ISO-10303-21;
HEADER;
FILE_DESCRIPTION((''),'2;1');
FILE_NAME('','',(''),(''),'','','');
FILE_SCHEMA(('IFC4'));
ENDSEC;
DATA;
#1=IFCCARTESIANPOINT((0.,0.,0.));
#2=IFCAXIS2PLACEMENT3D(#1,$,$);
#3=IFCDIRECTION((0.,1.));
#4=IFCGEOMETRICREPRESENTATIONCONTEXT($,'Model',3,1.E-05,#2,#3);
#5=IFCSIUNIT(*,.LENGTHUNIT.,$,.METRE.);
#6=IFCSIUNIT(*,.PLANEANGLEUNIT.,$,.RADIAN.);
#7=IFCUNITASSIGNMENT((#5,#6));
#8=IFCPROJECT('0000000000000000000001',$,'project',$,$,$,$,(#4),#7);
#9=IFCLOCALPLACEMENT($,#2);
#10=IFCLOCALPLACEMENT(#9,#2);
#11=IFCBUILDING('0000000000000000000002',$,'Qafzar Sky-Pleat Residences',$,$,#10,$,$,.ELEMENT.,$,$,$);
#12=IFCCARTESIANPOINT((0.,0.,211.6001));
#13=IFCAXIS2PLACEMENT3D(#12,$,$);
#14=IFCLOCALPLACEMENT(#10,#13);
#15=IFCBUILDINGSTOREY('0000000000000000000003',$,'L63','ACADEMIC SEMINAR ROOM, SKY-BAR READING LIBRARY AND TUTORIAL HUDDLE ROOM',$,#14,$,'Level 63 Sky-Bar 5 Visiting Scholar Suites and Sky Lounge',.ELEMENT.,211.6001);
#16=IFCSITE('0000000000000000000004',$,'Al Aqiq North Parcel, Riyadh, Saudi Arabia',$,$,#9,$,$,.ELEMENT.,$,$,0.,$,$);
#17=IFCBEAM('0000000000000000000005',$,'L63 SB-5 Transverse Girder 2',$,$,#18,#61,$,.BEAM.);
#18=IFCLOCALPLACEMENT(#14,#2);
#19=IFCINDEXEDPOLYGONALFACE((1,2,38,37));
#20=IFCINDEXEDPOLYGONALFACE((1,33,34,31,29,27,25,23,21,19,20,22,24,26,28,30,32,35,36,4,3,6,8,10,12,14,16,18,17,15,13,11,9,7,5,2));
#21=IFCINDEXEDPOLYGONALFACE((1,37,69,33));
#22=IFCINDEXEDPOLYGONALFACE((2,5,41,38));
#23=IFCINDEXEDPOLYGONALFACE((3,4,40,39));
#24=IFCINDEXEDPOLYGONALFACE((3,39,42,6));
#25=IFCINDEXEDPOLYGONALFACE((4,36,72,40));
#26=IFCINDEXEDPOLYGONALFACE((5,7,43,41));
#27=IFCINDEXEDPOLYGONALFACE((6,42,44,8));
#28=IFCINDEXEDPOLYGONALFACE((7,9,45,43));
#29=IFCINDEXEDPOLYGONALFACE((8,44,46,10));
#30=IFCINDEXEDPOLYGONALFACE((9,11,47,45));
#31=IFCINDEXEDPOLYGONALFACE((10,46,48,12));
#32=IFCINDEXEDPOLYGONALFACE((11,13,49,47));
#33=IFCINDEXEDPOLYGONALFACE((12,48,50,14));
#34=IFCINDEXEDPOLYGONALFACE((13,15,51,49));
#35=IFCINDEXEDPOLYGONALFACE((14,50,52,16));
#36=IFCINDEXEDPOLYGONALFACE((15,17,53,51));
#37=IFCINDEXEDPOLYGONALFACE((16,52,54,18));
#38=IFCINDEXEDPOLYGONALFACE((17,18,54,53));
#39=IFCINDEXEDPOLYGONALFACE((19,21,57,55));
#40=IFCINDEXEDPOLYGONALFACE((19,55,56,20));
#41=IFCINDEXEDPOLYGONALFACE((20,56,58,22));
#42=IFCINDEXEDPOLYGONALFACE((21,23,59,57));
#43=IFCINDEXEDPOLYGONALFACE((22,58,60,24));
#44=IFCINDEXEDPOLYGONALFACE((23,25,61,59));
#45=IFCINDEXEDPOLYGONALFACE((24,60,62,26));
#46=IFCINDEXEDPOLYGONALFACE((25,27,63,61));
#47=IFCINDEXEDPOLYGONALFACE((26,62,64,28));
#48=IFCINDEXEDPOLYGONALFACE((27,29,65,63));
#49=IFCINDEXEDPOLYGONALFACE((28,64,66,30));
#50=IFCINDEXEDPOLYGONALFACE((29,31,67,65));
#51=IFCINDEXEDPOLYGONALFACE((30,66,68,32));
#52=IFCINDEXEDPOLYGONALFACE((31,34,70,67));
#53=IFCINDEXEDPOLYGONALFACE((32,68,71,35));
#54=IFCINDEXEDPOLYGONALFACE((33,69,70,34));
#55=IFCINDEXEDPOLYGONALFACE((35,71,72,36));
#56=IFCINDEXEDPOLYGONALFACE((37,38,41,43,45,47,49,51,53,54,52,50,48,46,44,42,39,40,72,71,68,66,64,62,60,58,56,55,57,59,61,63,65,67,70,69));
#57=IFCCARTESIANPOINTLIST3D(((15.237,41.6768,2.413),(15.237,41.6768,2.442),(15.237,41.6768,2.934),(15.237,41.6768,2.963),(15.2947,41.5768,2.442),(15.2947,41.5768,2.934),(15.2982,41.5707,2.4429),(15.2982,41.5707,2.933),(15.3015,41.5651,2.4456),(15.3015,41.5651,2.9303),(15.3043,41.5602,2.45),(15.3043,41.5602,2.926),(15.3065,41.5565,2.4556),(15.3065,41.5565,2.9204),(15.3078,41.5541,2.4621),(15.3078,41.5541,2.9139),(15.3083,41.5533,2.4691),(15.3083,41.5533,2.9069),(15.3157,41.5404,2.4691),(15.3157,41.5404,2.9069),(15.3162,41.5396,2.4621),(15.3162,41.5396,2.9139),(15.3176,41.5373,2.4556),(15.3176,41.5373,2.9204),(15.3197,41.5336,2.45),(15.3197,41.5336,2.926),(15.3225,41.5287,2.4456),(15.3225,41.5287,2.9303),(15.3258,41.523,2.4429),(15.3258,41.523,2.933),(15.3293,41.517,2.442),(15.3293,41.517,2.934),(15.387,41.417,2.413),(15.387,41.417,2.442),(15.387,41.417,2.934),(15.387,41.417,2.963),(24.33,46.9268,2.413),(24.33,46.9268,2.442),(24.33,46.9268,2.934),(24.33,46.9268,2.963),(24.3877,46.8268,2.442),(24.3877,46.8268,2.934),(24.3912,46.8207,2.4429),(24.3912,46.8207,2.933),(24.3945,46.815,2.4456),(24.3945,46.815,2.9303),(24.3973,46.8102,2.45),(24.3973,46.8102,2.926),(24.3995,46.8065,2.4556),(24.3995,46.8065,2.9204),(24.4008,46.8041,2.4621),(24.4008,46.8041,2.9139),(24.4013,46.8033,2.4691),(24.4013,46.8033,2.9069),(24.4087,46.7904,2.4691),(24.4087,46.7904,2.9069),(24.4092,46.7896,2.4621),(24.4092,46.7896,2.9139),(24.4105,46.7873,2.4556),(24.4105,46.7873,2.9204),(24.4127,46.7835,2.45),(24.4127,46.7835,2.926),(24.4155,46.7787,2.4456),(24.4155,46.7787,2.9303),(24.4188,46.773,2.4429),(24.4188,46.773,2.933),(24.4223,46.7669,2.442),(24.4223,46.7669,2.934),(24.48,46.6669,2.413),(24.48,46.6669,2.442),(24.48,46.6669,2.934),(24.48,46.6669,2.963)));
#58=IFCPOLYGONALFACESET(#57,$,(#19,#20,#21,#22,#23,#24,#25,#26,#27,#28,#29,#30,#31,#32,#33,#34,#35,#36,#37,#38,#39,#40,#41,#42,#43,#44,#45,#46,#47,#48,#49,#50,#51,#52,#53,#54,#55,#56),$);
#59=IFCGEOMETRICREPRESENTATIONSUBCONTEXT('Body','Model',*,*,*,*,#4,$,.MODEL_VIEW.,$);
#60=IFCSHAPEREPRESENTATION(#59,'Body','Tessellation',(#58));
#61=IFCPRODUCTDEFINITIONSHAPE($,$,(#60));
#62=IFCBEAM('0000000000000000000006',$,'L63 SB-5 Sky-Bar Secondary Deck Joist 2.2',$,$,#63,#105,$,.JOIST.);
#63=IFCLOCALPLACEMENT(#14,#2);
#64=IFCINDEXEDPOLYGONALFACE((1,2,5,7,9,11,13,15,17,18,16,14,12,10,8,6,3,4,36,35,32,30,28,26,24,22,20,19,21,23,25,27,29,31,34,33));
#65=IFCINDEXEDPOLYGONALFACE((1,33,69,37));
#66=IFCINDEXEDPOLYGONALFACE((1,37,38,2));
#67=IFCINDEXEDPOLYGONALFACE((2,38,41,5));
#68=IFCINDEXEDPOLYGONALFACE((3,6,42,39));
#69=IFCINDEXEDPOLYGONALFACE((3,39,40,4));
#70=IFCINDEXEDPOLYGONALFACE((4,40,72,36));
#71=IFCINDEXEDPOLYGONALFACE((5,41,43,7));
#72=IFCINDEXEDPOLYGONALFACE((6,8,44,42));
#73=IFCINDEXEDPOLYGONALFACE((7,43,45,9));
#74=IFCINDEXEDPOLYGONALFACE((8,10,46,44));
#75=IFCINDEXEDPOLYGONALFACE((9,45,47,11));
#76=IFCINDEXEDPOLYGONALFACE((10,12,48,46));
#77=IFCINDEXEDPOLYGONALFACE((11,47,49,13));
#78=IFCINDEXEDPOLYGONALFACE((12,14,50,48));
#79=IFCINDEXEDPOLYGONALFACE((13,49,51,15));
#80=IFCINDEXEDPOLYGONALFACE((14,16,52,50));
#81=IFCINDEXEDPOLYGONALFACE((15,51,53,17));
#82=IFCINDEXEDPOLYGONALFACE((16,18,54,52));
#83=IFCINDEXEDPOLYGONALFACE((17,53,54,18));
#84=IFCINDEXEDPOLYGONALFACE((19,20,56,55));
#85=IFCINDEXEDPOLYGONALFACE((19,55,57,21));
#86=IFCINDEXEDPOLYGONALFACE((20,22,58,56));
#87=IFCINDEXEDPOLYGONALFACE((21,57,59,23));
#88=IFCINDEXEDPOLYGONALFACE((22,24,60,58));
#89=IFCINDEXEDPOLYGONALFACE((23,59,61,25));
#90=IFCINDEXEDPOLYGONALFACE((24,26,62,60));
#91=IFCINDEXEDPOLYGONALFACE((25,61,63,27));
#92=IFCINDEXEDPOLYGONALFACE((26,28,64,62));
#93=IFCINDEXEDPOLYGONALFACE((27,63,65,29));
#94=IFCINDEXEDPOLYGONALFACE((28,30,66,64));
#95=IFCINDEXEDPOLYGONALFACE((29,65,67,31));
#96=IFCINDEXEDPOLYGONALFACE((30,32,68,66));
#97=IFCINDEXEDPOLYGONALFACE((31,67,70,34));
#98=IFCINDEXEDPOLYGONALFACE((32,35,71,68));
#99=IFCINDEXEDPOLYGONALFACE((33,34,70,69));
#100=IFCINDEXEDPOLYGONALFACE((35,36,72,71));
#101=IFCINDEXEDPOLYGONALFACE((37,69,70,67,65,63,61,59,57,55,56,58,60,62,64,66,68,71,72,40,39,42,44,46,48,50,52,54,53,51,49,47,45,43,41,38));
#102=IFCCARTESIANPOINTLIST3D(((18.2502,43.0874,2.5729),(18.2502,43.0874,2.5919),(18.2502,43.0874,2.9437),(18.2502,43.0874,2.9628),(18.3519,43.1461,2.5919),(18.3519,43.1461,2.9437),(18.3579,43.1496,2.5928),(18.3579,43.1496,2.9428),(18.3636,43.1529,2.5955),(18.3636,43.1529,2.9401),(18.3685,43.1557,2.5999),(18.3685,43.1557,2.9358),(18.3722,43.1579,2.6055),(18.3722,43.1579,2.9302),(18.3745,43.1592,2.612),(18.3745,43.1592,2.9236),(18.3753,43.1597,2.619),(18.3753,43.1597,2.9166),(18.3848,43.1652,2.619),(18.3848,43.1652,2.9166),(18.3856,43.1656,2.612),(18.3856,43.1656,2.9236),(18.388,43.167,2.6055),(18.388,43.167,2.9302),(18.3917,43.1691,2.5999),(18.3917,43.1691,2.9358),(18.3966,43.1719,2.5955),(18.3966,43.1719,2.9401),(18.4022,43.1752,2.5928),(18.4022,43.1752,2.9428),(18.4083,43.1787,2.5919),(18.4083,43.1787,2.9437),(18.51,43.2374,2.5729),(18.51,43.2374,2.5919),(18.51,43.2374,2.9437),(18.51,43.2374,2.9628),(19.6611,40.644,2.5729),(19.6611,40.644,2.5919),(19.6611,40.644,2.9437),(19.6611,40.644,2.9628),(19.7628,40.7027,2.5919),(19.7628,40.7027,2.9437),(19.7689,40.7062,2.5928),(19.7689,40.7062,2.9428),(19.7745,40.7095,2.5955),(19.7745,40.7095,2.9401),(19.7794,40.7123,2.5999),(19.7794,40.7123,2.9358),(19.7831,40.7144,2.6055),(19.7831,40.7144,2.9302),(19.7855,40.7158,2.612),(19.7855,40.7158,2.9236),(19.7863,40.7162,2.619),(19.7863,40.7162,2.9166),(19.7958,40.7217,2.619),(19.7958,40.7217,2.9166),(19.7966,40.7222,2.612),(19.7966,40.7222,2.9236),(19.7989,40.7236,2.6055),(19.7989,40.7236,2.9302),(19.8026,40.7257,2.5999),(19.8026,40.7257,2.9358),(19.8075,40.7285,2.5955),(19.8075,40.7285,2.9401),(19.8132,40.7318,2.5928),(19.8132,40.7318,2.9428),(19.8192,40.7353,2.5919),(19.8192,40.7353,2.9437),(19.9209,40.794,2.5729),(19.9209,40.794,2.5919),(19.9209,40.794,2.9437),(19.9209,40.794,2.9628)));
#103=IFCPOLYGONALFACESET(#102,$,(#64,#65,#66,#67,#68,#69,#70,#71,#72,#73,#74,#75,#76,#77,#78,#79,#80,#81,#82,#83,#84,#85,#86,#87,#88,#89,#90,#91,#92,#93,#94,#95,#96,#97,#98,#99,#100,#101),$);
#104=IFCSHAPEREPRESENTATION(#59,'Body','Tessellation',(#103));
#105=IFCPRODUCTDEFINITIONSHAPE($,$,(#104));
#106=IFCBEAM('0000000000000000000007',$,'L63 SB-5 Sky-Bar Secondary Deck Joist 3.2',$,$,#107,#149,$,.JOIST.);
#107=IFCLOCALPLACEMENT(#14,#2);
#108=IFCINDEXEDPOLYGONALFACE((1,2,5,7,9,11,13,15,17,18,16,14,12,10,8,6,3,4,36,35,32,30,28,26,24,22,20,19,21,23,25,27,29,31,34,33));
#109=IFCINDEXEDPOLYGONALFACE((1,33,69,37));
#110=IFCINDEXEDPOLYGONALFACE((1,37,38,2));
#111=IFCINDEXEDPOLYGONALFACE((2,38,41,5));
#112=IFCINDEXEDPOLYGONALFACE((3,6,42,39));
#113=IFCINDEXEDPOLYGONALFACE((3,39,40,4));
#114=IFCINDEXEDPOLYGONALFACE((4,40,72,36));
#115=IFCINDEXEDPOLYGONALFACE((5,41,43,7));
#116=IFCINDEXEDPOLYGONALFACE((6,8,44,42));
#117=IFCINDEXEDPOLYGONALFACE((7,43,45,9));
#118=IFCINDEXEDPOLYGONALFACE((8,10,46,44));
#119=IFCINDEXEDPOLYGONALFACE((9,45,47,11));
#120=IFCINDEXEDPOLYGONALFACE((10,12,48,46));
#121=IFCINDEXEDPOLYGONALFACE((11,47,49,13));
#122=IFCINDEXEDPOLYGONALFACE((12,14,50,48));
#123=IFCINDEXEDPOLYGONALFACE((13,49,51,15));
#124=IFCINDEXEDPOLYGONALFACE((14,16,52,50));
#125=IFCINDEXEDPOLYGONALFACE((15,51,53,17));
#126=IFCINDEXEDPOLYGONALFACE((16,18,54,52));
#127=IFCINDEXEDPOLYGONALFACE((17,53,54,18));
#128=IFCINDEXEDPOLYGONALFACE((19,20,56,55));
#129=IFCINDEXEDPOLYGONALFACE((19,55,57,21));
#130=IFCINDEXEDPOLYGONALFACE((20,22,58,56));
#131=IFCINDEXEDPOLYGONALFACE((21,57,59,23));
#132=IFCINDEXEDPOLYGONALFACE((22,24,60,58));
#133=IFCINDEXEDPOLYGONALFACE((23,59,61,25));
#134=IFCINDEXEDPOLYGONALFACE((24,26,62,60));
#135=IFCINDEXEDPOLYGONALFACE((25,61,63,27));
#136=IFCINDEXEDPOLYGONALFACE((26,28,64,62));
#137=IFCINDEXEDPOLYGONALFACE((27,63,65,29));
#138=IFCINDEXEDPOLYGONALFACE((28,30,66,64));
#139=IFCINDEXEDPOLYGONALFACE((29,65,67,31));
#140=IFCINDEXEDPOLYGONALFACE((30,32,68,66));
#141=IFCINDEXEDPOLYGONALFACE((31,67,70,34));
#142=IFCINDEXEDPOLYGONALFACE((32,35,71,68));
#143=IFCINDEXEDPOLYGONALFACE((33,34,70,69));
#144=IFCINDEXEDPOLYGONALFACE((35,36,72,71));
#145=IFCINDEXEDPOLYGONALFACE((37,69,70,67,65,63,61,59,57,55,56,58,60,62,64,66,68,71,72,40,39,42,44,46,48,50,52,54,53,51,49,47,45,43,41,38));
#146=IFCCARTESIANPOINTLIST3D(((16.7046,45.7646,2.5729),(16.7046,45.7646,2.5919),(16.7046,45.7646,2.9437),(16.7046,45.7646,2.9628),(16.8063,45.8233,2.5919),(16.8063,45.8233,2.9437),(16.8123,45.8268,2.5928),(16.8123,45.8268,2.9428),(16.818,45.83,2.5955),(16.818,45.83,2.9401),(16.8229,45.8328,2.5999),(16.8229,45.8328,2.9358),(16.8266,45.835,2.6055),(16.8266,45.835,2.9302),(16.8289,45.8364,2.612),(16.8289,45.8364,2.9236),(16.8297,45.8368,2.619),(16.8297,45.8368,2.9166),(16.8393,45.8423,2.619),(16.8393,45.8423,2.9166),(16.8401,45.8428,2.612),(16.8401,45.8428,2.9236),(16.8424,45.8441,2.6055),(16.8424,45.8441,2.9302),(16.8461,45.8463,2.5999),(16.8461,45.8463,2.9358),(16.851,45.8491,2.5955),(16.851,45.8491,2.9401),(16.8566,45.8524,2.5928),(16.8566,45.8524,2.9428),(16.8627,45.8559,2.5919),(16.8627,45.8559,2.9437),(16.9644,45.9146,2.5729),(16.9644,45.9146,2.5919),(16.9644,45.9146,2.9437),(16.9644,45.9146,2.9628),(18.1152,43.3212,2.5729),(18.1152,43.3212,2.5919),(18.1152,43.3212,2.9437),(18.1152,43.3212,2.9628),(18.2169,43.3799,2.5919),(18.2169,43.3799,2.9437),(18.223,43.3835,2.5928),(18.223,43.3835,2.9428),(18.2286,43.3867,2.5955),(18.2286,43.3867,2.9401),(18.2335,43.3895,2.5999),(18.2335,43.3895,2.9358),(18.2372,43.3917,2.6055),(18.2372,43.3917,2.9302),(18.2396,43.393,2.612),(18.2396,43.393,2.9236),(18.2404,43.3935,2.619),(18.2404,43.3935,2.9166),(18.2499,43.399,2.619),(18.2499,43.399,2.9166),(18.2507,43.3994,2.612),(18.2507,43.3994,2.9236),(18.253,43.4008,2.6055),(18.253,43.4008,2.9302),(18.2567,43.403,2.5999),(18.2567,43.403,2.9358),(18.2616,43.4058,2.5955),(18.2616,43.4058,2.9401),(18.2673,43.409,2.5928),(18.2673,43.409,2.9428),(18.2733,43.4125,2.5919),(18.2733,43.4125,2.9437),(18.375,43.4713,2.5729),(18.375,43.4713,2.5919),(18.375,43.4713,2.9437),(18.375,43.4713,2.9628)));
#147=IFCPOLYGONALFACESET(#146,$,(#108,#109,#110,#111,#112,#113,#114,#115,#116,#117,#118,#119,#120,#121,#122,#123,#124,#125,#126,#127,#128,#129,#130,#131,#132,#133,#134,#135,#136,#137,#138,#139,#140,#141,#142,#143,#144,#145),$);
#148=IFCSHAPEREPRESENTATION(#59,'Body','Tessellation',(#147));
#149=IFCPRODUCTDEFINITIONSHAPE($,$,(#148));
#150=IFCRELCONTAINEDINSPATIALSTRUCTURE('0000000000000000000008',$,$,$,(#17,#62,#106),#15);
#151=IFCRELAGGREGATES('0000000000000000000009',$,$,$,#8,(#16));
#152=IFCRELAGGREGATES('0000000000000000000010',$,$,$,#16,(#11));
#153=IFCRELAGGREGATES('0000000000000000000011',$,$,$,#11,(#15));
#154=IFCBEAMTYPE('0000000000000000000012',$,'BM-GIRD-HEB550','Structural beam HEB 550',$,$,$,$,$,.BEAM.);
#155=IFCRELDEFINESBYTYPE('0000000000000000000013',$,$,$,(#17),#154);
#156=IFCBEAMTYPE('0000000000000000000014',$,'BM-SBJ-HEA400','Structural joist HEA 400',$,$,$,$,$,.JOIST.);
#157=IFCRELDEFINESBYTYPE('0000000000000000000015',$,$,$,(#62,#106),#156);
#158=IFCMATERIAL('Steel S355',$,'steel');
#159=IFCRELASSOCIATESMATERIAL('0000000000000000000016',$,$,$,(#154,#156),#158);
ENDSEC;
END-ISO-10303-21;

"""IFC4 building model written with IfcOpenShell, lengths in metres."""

from ifc_helpers import new_model, si_unit, direction, frame, origin, origin_2d, place, context, subcontext, project, spatial, i_section, extrude, source, transform, mapped, material, material_profile, profile_set, type_object, element, save


model = new_model("IFC4")

# Units and contexts
model_context = context("Model", 3, precision=1e-05, world=origin(), true_north=direction((0.0, 1.0)))
body_context = subcontext(model_context, "Body", "Model", "MODEL_VIEW")
ifc_project = project(units=[si_unit("LENGTHUNIT", "METRE"), si_unit("PLANEANGLEUNIT", "RADIAN")], contexts=[model_context])

# Site, building, storey
site_placement = place(None, origin())
site = spatial("IfcSite", under=ifc_project, at=site_placement, Name="Al Aqiq North Parcel, Riyadh, Saudi Arabia", CompositionType="ELEMENT", RefElevation=0.0)
building_placement = place(site_placement, origin())
building = spatial("IfcBuilding", under=site, at=building_placement, Name="Qafzar Sky-Pleat Residences", CompositionType="ELEMENT")
storey_placement = place(building_placement, frame((0.0, 0.0, 211.6001)))
storey = spatial("IfcBuildingStorey", under=building, at=storey_placement, Name="L63", Description="ACADEMIC SEMINAR ROOM, SKY-BAR READING LIBRARY AND TUTORIAL HUDDLE ROOM", LongName="Level 63 Sky-Bar 5 Visiting Scholar Suites and Sky Lounge", CompositionType="ELEMENT", Elevation=211.6001)

# Beams
ifc_material_1 = material(Name="Steel S355", Category="steel")
ifc_material_profile_1 = material_profile(ifc_material_1, i_section(OverallWidth=0.3, OverallDepth=0.55, WebThickness=0.0149, FlangeThickness=0.0291, FilletRadius=0.0271, at=origin_2d()), Name="HEB 550")
ifc_profile_set_1 = profile_set([ifc_material_profile_1], Name="Steel S355")
beam_type_1 = type_object("IfcBeamType", Name="BM-GIRD-HEB550", Description="Structural beam HEB 550", PredefinedType="BEAM", material=ifc_profile_set_1)
shared_shape_1 = source(origin(), body_context, "Body", "SweptSolid", [
    extrude(i_section(OverallWidth=0.3, OverallDepth=0.55, WebThickness=0.0149, FlangeThickness=0.0291, FilletRadius=0.0271, at=origin_2d()), origin(), (0.0, 0.0, 1.0), 10.4998),
])
beam_1_placement = place(storey_placement, frame((15.312, 41.5469, 2.688), z_axis=(0.866019, 0.50001, 0.0), x_axis=(-0.50001, 0.866019, 0.0)))
element("IfcBeam", 1, at=beam_1_placement, inside=storey, type_object=beam_type_1, Name="L63 SB-5 Transverse Girder 2", PredefinedType="BEAM", context=body_context, shape_type="MappedRepresentation", body=[
    mapped(shared_shape_1, transform((0.0, 0.0, 0.0), x_axis=(1.0, 0.0, 0.0), y_axis=(0.0, 1.0, 0.0), z_axis=(0.0, 0.0, 1.0), scale=1.0)),
])
ifc_material_profile_2 = material_profile(ifc_material_1, i_section(OverallWidth=0.3, OverallDepth=0.3899, WebThickness=0.011, FlangeThickness=0.019, FilletRadius=0.0271, at=origin_2d()), Name="HEA 400")
ifc_profile_set_2 = profile_set([ifc_material_profile_2], Name="Steel S355")
beam_type_2 = type_object("IfcBeamType", Name="BM-SBJ-HEA400", Description="Structural joist HEA 400", PredefinedType="JOIST", material=ifc_profile_set_2)
shared_shape_2 = source(origin(), body_context, "Body", "SweptSolid", [
    extrude(i_section(OverallWidth=0.3, OverallDepth=0.3899, WebThickness=0.011, FlangeThickness=0.019, FilletRadius=0.0271, at=origin_2d()), origin(), (0.0, 0.0, 1.0), 2.8215),
])
beam_2_placement = place(storey_placement, frame((19.791, 40.719, 2.7678), z_axis=(-0.500057, 0.865992, 0.0), x_axis=(-0.865992, -0.500057, 0.0)))
element("IfcBeam", 2, at=beam_2_placement, inside=storey, type_object=beam_type_2, Name="L63 SB-5 Sky-Bar Secondary Deck Joist 2.2", PredefinedType="JOIST", context=body_context, shape_type="MappedRepresentation", body=[
    mapped(shared_shape_2, transform((0.0, 0.0, 0.0), x_axis=(1.0, 0.0, 0.0), y_axis=(0.0, 1.0, 0.0), z_axis=(0.0, 0.0, 1.0), scale=1.0)),
])
shared_shape_3 = source(origin(), body_context, "Body", "SweptSolid", [
    extrude(i_section(OverallWidth=0.3, OverallDepth=0.3899, WebThickness=0.011, FlangeThickness=0.019, FilletRadius=0.0271, at=origin_2d()), origin(), (0.0, 0.0, 1.0), 2.8213),
])
beam_3_placement = place(storey_placement, frame((18.2451, 43.3962, 2.7678), z_axis=(-0.499992, 0.86603, 0.0), x_axis=(-0.86603, -0.499992, 0.0)))
element("IfcBeam", 3, at=beam_3_placement, inside=storey, type_object=beam_type_2, Name="L63 SB-5 Sky-Bar Secondary Deck Joist 3.2", PredefinedType="JOIST", context=body_context, shape_type="MappedRepresentation", body=[
    mapped(shared_shape_3, transform((0.0, 0.0, 0.0), x_axis=(1.0, 0.0, 0.0), y_axis=(0.0, 1.0, 0.0), z_axis=(0.0, 0.0, 1.0), scale=1.0)),
])

save(model, "model.ifc")
